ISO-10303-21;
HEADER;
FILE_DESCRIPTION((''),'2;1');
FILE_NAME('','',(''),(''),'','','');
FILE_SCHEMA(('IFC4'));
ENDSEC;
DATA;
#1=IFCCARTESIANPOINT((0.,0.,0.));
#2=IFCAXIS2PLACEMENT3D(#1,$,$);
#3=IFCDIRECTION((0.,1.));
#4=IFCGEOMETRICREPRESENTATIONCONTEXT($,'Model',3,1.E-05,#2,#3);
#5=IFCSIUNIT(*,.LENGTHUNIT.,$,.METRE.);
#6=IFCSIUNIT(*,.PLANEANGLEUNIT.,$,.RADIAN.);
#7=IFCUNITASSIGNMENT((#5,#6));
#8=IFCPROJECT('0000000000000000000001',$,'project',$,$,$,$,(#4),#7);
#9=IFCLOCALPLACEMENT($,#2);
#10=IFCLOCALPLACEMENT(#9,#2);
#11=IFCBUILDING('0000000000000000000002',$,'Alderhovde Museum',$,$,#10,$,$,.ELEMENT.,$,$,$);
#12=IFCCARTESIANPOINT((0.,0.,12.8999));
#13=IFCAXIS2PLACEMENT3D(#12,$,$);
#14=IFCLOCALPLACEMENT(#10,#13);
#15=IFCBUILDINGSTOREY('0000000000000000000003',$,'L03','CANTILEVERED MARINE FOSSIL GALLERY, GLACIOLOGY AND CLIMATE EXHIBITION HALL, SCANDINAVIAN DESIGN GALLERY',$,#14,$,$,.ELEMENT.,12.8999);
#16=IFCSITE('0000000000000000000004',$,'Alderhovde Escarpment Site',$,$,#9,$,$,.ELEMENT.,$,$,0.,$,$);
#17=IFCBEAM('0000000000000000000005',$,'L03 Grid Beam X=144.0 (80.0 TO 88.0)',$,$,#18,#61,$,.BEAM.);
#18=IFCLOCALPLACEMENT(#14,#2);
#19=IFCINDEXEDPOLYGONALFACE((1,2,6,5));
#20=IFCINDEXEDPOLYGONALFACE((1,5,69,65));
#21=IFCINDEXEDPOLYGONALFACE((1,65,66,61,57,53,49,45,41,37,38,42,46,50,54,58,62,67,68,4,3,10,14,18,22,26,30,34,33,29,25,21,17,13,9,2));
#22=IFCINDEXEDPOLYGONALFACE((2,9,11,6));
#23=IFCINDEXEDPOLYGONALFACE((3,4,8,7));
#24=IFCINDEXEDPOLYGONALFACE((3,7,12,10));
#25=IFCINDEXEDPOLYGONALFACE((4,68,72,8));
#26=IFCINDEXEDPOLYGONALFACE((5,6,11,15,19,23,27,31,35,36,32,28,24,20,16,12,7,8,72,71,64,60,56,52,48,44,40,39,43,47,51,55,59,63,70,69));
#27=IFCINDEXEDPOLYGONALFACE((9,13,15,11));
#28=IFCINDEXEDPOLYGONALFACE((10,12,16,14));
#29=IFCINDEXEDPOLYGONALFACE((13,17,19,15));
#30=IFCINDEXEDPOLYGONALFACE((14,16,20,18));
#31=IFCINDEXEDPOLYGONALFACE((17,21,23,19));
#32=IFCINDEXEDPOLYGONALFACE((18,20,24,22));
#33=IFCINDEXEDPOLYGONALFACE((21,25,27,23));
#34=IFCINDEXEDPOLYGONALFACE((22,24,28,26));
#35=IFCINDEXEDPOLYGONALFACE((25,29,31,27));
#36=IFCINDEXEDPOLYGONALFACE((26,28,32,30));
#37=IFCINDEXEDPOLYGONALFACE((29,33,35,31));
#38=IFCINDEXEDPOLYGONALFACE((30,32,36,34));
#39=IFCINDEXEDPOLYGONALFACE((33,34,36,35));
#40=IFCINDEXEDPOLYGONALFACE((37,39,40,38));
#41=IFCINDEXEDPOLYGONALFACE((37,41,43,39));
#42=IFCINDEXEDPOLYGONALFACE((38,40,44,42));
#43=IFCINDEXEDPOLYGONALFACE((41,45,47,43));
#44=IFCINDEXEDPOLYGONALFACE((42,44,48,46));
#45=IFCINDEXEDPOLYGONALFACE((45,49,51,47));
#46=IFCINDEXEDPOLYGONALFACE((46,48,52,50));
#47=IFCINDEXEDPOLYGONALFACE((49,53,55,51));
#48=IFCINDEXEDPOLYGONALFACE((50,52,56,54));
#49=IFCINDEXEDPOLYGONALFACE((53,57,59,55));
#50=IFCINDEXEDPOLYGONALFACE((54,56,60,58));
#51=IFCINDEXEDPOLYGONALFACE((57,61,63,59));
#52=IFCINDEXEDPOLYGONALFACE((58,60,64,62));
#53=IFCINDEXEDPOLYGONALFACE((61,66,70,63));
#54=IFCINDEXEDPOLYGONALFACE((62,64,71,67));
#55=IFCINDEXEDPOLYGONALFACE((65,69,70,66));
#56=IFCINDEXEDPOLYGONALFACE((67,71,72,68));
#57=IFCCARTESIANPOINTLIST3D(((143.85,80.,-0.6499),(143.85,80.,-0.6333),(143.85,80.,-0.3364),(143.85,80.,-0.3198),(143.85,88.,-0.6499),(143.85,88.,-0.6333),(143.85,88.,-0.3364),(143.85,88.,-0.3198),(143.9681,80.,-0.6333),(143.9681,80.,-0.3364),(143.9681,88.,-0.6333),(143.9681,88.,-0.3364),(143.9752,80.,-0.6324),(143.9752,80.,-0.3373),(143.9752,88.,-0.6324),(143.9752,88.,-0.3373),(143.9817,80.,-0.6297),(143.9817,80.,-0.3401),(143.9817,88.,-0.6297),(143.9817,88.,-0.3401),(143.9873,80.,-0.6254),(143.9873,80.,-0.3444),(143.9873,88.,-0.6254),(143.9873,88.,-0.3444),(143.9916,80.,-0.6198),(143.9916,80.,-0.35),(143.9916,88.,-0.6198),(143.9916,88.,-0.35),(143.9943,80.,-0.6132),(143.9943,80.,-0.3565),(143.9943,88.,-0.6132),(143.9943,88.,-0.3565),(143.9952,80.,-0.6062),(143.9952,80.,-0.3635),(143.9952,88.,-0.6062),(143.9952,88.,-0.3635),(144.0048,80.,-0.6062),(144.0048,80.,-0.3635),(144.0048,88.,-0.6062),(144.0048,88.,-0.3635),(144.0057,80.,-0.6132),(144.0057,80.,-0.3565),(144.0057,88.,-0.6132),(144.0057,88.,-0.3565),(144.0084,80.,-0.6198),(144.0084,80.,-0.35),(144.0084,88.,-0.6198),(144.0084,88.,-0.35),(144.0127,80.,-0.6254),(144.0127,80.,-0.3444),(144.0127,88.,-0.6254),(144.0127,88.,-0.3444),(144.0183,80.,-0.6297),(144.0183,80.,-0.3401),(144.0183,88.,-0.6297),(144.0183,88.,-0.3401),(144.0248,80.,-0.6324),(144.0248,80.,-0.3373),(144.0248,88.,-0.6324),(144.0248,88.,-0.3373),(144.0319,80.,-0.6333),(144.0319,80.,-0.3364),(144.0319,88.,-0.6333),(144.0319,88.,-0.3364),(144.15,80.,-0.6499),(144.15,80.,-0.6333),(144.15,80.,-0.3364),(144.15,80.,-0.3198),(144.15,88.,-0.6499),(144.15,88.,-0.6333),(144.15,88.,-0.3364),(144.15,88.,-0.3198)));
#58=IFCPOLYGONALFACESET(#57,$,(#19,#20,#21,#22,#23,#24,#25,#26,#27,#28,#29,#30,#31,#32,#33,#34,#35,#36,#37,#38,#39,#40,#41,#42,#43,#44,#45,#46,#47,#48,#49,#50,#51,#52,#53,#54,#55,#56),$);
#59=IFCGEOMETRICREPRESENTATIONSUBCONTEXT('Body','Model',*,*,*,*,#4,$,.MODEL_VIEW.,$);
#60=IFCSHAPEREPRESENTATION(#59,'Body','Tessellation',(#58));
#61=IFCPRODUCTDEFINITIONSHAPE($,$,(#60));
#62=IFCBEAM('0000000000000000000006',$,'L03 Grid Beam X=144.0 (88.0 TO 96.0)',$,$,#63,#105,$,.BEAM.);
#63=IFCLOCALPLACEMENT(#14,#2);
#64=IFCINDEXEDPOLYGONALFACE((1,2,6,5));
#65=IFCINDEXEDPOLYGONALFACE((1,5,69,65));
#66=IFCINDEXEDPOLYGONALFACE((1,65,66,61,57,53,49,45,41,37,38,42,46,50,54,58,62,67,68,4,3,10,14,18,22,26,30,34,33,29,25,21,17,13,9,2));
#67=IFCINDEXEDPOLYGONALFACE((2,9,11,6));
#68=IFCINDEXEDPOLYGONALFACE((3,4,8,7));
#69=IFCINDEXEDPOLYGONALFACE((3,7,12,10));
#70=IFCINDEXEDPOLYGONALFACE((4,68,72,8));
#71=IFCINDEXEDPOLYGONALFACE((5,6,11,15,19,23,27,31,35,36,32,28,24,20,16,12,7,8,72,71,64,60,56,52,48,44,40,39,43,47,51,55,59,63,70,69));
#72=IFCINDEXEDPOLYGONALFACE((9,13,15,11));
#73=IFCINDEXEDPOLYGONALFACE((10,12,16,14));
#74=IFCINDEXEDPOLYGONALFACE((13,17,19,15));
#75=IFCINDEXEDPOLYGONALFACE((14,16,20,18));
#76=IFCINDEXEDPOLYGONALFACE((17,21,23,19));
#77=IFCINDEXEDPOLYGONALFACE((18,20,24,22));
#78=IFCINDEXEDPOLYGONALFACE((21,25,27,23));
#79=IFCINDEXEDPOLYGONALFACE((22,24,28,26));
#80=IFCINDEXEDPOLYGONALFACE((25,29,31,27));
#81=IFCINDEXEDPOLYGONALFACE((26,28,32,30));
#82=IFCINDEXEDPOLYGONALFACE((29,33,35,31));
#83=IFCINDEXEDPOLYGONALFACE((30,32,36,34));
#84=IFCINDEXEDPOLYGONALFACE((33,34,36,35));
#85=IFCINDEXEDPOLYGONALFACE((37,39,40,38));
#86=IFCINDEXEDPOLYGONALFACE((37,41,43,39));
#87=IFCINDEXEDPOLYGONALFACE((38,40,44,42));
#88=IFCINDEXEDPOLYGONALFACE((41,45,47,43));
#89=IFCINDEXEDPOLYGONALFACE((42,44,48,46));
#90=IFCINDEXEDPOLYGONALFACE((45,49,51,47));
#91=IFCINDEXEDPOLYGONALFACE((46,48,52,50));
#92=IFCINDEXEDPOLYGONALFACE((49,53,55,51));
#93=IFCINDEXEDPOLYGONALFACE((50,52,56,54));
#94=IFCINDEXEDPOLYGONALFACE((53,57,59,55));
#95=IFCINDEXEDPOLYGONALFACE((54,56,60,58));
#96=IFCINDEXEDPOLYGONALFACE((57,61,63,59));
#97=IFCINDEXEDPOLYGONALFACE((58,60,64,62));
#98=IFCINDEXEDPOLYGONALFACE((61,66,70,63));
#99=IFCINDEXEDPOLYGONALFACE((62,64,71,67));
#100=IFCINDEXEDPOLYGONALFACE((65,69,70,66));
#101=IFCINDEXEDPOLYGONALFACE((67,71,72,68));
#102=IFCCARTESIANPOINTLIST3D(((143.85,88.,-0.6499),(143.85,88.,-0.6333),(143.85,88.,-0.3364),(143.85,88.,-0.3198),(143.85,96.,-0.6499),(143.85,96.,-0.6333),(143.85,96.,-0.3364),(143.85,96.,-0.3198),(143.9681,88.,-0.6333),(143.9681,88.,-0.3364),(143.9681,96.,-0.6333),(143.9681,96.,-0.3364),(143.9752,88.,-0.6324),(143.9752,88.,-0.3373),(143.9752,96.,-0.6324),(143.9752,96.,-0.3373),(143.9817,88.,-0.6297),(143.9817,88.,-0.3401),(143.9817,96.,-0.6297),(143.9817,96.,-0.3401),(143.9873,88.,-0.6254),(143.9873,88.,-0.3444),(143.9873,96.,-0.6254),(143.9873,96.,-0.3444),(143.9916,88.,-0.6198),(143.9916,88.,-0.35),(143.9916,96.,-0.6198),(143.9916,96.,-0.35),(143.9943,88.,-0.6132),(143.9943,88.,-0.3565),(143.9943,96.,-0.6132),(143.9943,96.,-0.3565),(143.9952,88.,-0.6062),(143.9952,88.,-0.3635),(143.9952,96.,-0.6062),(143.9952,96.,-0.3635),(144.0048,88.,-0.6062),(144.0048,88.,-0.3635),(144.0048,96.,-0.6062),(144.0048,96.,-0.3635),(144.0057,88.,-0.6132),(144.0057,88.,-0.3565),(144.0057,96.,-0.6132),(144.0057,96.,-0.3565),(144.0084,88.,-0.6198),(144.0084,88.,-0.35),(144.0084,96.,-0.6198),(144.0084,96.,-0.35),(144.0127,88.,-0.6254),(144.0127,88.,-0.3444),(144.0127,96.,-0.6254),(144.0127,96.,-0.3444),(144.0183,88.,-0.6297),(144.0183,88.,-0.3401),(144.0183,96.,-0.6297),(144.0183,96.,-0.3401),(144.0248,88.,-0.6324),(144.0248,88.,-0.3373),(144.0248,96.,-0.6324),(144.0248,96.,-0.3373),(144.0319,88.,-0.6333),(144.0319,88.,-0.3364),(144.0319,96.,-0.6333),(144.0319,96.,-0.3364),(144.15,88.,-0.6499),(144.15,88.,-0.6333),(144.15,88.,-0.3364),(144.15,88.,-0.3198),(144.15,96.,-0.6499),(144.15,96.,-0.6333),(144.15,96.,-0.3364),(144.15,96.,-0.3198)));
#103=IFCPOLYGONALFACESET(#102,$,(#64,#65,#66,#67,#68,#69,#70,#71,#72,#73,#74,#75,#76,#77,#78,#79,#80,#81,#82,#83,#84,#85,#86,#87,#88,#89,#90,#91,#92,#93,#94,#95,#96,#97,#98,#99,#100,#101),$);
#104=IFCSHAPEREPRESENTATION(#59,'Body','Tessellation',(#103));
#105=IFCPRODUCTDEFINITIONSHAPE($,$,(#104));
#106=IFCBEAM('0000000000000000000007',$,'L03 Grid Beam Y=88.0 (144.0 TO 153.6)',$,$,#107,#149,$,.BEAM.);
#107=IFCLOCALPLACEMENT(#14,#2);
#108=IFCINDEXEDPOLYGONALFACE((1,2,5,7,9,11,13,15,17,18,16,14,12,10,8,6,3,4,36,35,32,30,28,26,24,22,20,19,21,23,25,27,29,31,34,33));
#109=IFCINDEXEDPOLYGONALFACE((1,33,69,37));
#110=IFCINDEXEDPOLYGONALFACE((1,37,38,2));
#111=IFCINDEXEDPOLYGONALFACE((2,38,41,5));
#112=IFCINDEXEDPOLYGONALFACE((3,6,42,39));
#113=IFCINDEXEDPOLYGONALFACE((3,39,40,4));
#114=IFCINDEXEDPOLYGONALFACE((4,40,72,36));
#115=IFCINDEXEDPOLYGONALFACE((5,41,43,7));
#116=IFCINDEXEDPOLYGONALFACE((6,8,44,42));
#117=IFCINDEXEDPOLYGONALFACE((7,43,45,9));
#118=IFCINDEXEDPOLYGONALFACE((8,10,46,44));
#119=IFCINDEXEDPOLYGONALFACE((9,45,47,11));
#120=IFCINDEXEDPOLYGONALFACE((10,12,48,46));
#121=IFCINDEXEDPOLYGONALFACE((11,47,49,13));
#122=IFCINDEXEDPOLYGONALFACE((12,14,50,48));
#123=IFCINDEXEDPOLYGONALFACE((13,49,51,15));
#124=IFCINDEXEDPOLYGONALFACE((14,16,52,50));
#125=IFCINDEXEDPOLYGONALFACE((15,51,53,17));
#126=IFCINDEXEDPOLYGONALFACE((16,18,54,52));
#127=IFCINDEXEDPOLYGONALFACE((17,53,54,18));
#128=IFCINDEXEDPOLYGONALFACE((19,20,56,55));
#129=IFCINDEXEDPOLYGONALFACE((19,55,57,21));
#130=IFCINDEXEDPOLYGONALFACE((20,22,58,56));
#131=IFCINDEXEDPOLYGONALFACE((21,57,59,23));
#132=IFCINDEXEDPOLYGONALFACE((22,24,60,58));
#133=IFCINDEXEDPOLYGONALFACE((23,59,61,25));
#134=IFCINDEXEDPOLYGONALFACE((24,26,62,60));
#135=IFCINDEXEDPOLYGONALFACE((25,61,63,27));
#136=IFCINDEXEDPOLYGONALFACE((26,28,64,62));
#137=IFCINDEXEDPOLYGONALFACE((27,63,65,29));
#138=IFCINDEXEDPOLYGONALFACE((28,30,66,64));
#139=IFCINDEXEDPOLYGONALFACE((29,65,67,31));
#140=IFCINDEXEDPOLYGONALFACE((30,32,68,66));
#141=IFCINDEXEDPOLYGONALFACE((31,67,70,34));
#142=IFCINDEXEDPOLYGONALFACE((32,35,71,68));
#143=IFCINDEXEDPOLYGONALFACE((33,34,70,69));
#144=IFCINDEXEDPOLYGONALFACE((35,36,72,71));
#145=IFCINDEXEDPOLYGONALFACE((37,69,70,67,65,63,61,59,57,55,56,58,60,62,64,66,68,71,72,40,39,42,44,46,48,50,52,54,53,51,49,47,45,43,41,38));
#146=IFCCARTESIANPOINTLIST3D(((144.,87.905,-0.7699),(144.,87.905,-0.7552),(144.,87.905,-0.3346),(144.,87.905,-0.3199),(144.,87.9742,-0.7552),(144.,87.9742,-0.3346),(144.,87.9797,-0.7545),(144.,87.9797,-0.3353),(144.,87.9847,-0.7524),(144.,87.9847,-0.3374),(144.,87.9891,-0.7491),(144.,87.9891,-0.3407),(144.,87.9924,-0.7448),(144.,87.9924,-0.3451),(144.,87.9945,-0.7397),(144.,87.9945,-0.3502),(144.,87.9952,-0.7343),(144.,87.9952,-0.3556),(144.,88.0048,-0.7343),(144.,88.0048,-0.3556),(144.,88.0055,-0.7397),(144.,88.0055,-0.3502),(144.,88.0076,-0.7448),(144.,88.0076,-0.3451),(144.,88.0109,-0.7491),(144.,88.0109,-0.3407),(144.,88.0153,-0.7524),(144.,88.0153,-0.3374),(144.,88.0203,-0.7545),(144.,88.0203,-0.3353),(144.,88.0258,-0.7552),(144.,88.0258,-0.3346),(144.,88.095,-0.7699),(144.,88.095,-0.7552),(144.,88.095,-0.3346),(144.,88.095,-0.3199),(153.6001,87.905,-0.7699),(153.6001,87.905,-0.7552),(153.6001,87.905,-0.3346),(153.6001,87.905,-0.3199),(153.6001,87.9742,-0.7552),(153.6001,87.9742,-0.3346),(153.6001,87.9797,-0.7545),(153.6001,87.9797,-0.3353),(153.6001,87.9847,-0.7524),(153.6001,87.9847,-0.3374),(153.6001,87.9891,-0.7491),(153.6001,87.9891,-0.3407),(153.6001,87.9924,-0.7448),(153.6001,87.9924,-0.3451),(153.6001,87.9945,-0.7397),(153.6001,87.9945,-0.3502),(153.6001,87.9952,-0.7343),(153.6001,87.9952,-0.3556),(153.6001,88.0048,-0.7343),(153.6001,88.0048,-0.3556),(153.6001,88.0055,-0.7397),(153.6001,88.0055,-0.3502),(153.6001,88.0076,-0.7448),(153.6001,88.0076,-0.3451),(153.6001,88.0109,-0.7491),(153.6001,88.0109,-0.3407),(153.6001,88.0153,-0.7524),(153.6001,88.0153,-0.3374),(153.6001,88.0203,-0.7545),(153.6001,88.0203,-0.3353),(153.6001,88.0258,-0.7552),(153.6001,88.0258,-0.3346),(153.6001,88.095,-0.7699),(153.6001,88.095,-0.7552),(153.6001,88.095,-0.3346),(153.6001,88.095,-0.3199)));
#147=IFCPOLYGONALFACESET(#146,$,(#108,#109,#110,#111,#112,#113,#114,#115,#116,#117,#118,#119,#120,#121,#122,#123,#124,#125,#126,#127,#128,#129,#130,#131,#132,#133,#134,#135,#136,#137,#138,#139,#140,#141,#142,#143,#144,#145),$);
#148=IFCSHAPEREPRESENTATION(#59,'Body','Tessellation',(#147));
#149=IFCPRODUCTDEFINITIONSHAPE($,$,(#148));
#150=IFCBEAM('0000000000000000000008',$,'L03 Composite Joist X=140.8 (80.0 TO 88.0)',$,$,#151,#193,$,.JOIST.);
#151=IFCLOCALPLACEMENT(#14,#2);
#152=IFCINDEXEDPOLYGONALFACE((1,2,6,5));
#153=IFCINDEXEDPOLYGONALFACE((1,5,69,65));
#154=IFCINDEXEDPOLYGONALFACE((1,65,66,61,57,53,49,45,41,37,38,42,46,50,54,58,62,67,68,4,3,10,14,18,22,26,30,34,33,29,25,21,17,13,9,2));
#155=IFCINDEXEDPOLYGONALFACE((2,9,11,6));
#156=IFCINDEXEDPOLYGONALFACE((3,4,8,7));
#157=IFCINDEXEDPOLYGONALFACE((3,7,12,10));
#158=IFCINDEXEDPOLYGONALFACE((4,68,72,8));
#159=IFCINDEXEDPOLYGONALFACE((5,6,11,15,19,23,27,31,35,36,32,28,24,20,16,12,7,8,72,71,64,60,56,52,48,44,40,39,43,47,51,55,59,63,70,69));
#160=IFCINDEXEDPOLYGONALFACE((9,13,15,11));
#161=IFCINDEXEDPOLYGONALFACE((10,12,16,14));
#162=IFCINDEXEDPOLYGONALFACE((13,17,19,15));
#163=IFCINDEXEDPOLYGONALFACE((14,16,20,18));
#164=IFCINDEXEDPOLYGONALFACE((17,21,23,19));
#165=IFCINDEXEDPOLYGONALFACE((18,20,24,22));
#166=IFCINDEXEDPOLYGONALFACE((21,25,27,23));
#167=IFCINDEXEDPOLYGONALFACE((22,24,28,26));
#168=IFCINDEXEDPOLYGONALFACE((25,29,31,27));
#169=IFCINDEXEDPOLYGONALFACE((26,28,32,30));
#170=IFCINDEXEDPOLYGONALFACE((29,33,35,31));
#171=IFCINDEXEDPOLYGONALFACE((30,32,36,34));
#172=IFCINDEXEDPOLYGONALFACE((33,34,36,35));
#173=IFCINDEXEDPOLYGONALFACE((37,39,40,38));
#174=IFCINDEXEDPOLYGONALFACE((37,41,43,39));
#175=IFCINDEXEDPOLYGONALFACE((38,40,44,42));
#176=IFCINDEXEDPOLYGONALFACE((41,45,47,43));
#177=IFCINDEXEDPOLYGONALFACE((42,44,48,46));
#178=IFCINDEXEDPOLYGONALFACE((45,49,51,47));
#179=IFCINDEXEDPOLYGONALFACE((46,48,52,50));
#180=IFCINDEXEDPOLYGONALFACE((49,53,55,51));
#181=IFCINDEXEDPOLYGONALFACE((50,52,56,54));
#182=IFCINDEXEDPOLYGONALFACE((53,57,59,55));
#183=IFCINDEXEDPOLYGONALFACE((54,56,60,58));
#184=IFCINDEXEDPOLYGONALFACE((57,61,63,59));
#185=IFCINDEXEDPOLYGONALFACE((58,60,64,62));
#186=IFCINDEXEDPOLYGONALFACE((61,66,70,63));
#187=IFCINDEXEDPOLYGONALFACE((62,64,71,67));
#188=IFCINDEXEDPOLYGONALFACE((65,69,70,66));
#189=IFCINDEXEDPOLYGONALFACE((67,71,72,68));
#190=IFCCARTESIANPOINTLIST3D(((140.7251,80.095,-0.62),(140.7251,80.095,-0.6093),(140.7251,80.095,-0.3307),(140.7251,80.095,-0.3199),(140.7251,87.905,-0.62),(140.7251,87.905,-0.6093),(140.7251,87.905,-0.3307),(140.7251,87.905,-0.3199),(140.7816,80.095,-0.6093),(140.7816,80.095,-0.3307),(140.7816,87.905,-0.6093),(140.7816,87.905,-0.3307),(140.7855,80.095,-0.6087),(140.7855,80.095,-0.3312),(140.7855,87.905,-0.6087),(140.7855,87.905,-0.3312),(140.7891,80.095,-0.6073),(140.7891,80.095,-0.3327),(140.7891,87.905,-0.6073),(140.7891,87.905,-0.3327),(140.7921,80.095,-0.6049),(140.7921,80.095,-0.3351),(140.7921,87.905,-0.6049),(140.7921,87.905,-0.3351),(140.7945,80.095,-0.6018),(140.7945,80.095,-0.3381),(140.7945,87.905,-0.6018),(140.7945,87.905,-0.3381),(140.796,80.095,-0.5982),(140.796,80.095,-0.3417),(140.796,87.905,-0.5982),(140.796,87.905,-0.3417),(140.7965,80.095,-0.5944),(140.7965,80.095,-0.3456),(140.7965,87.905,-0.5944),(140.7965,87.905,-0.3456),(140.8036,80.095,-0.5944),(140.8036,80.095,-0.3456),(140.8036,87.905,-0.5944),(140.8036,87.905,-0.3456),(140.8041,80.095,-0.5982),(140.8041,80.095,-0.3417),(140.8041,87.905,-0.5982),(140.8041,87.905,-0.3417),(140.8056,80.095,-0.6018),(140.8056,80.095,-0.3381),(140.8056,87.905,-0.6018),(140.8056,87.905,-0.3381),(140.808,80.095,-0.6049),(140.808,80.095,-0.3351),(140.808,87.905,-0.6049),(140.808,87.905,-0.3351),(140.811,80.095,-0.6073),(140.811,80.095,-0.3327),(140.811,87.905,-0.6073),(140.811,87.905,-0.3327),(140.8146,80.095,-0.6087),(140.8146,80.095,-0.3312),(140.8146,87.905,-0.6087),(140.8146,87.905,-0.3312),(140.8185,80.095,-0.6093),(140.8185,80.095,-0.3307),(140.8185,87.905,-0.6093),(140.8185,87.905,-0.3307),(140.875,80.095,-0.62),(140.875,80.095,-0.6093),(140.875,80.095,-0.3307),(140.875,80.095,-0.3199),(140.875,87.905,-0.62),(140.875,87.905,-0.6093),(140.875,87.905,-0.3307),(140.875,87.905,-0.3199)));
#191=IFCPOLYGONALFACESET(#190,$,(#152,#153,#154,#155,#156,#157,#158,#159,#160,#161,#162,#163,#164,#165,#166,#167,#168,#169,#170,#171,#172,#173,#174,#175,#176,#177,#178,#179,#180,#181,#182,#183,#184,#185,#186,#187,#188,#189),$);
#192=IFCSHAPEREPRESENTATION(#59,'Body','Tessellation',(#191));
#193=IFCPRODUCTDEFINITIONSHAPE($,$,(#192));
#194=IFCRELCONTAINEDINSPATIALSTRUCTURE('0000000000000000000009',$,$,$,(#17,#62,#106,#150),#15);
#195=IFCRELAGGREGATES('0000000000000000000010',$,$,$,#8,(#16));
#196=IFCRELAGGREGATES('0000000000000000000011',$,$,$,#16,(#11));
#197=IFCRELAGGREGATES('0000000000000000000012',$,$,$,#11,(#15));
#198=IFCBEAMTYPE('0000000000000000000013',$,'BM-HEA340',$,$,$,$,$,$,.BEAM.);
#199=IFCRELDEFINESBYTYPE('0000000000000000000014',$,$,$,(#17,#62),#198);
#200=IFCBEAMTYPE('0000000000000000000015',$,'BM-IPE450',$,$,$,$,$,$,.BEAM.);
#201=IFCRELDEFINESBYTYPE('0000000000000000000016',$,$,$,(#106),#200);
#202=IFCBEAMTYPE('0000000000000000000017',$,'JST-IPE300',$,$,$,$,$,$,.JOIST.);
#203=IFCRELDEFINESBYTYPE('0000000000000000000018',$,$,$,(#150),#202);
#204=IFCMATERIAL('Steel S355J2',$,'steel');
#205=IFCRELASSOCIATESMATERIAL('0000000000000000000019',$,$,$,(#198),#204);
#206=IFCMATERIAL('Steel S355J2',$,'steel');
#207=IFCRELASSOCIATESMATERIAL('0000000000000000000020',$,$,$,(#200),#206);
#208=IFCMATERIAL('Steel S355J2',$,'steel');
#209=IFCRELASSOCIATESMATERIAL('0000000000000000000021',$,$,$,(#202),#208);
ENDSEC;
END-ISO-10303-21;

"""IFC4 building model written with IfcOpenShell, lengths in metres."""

from ifc_helpers import new_model, si_unit, direction, frame, origin, origin_2d, place, context, subcontext, project, spatial, i_section, extrude, material, material_profile, profile_set, type_object, element, save


model = new_model("IFC4")

# Units and contexts
model_context = context("Model", 3, precision=1e-05, world=origin(), true_north=direction((0.0, 1.0)))
body_context = subcontext(model_context, "Body", "Model", "MODEL_VIEW")
ifc_project = project(units=[si_unit("LENGTHUNIT", "METRE"), si_unit("PLANEANGLEUNIT", "RADIAN")], contexts=[model_context])

# Site, building, storey
site_placement = place(None, origin())
site = spatial("IfcSite", under=ifc_project, at=site_placement, Name="Alderhovde Escarpment Site", CompositionType="ELEMENT", RefElevation=0.0)
building_placement = place(site_placement, origin())
building = spatial("IfcBuilding", under=site, at=building_placement, Name="Alderhovde Museum", CompositionType="ELEMENT")
storey_placement = place(building_placement, frame((0.0, 0.0, 12.8999)))
storey = spatial("IfcBuildingStorey", under=building, at=storey_placement, Name="L03", Description="CANTILEVERED MARINE FOSSIL GALLERY, GLACIOLOGY AND CLIMATE EXHIBITION HALL, SCANDINAVIAN DESIGN GALLERY", CompositionType="ELEMENT", Elevation=12.8999)

# Beams
ifc_material_1 = material(Name="Steel S355J2", Category="steel")
ifc_material_profile_1 = material_profile(ifc_material_1, i_section(OverallWidth=0.3, OverallDepth=0.3301, WebThickness=0.0095, FlangeThickness=0.0166, FilletRadius=0.0271, at=origin_2d()), Name="HEA 340")
ifc_profile_set_1 = profile_set([ifc_material_profile_1], Name="Steel S355J2")
beam_type_1 = type_object("IfcBeamType", Name="BM-HEA340", PredefinedType="BEAM", material=ifc_profile_set_1)
for number, where, z_axis, x_axis, name in (
    (1, (144.0, 80.0, -0.4849), (0.0, 1.0, 0.0), (-1.0, 0.0, 0.0), "L03 Grid Beam X=144.0 (80.0 TO 88.0)"),
    (2, (144.0, 88.0, -0.4849), (0.0, 1.0, 0.0), (-1.0, 0.0, 0.0), "L03 Grid Beam X=144.0 (88.0 TO 96.0)"),
):
    element("IfcBeam", number, at=place(storey_placement, frame(where, z_axis=z_axis, x_axis=x_axis)), inside=storey, type_object=beam_type_1, Name=name, PredefinedType="BEAM", context=body_context, shape_type="SweptSolid", body=[
        extrude(i_section(OverallWidth=0.3, OverallDepth=0.3301, WebThickness=0.0095, FlangeThickness=0.0166, FilletRadius=0.0271, at=origin_2d()), origin(), (0.0, 0.0, 1.0), 8.0),
    ])
ifc_material_2 = material(Name="Steel S355J2", Category="steel")
ifc_material_profile_2 = material_profile(ifc_material_2, i_section(OverallWidth=0.1899, OverallDepth=0.45, WebThickness=0.0095, FlangeThickness=0.0146, FilletRadius=0.021, at=origin_2d()), Name="IPE 450")
ifc_profile_set_2 = profile_set([ifc_material_profile_2], Name="Steel S355J2")
beam_type_2 = type_object("IfcBeamType", Name="BM-IPE450", PredefinedType="BEAM", material=ifc_profile_set_2)
beam_1_placement = place(storey_placement, frame((144.0, 88.0, -0.5449), z_axis=(1.0, 0.0, 0.0), x_axis=(0.0, 1.0, 0.0)))
element("IfcBeam", 3, at=beam_1_placement, inside=storey, type_object=beam_type_2, Name="L03 Grid Beam Y=88.0 (144.0 TO 153.6)", PredefinedType="BEAM", context=body_context, shape_type="SweptSolid", body=[
    extrude(i_section(OverallWidth=0.1899, OverallDepth=0.45, WebThickness=0.0095, FlangeThickness=0.0146, FilletRadius=0.021, at=origin_2d()), origin(), (0.0, 0.0, 1.0), 9.6001),
])
ifc_material_3 = material(Name="Steel S355J2", Category="steel")
ifc_material_profile_3 = material_profile(ifc_material_3, i_section(OverallWidth=0.1499, OverallDepth=0.3, WebThickness=0.0071, FlangeThickness=0.0107, FilletRadius=0.0149, at=origin_2d()), Name="IPE 300")
ifc_profile_set_3 = profile_set([ifc_material_profile_3], Name="Steel S355J2")
beam_type_3 = type_object("IfcBeamType", Name="JST-IPE300", PredefinedType="JOIST", material=ifc_profile_set_3)
beam_2_placement = place(storey_placement, frame((140.8, 80.095, -0.47), z_axis=(0.0, 1.0, 0.0), x_axis=(-1.0, 0.0, 0.0)))
element("IfcBeam", 4, at=beam_2_placement, inside=storey, type_object=beam_type_3, Name="L03 Composite Joist X=140.8 (80.0 TO 88.0)", PredefinedType="JOIST", context=body_context, shape_type="SweptSolid", body=[
    extrude(i_section(OverallWidth=0.1499, OverallDepth=0.3, WebThickness=0.0071, FlangeThickness=0.0107, FilletRadius=0.0149, at=origin_2d()), origin(), (0.0, 0.0, 1.0), 7.8101),
])

save(model, "model.ifc")
